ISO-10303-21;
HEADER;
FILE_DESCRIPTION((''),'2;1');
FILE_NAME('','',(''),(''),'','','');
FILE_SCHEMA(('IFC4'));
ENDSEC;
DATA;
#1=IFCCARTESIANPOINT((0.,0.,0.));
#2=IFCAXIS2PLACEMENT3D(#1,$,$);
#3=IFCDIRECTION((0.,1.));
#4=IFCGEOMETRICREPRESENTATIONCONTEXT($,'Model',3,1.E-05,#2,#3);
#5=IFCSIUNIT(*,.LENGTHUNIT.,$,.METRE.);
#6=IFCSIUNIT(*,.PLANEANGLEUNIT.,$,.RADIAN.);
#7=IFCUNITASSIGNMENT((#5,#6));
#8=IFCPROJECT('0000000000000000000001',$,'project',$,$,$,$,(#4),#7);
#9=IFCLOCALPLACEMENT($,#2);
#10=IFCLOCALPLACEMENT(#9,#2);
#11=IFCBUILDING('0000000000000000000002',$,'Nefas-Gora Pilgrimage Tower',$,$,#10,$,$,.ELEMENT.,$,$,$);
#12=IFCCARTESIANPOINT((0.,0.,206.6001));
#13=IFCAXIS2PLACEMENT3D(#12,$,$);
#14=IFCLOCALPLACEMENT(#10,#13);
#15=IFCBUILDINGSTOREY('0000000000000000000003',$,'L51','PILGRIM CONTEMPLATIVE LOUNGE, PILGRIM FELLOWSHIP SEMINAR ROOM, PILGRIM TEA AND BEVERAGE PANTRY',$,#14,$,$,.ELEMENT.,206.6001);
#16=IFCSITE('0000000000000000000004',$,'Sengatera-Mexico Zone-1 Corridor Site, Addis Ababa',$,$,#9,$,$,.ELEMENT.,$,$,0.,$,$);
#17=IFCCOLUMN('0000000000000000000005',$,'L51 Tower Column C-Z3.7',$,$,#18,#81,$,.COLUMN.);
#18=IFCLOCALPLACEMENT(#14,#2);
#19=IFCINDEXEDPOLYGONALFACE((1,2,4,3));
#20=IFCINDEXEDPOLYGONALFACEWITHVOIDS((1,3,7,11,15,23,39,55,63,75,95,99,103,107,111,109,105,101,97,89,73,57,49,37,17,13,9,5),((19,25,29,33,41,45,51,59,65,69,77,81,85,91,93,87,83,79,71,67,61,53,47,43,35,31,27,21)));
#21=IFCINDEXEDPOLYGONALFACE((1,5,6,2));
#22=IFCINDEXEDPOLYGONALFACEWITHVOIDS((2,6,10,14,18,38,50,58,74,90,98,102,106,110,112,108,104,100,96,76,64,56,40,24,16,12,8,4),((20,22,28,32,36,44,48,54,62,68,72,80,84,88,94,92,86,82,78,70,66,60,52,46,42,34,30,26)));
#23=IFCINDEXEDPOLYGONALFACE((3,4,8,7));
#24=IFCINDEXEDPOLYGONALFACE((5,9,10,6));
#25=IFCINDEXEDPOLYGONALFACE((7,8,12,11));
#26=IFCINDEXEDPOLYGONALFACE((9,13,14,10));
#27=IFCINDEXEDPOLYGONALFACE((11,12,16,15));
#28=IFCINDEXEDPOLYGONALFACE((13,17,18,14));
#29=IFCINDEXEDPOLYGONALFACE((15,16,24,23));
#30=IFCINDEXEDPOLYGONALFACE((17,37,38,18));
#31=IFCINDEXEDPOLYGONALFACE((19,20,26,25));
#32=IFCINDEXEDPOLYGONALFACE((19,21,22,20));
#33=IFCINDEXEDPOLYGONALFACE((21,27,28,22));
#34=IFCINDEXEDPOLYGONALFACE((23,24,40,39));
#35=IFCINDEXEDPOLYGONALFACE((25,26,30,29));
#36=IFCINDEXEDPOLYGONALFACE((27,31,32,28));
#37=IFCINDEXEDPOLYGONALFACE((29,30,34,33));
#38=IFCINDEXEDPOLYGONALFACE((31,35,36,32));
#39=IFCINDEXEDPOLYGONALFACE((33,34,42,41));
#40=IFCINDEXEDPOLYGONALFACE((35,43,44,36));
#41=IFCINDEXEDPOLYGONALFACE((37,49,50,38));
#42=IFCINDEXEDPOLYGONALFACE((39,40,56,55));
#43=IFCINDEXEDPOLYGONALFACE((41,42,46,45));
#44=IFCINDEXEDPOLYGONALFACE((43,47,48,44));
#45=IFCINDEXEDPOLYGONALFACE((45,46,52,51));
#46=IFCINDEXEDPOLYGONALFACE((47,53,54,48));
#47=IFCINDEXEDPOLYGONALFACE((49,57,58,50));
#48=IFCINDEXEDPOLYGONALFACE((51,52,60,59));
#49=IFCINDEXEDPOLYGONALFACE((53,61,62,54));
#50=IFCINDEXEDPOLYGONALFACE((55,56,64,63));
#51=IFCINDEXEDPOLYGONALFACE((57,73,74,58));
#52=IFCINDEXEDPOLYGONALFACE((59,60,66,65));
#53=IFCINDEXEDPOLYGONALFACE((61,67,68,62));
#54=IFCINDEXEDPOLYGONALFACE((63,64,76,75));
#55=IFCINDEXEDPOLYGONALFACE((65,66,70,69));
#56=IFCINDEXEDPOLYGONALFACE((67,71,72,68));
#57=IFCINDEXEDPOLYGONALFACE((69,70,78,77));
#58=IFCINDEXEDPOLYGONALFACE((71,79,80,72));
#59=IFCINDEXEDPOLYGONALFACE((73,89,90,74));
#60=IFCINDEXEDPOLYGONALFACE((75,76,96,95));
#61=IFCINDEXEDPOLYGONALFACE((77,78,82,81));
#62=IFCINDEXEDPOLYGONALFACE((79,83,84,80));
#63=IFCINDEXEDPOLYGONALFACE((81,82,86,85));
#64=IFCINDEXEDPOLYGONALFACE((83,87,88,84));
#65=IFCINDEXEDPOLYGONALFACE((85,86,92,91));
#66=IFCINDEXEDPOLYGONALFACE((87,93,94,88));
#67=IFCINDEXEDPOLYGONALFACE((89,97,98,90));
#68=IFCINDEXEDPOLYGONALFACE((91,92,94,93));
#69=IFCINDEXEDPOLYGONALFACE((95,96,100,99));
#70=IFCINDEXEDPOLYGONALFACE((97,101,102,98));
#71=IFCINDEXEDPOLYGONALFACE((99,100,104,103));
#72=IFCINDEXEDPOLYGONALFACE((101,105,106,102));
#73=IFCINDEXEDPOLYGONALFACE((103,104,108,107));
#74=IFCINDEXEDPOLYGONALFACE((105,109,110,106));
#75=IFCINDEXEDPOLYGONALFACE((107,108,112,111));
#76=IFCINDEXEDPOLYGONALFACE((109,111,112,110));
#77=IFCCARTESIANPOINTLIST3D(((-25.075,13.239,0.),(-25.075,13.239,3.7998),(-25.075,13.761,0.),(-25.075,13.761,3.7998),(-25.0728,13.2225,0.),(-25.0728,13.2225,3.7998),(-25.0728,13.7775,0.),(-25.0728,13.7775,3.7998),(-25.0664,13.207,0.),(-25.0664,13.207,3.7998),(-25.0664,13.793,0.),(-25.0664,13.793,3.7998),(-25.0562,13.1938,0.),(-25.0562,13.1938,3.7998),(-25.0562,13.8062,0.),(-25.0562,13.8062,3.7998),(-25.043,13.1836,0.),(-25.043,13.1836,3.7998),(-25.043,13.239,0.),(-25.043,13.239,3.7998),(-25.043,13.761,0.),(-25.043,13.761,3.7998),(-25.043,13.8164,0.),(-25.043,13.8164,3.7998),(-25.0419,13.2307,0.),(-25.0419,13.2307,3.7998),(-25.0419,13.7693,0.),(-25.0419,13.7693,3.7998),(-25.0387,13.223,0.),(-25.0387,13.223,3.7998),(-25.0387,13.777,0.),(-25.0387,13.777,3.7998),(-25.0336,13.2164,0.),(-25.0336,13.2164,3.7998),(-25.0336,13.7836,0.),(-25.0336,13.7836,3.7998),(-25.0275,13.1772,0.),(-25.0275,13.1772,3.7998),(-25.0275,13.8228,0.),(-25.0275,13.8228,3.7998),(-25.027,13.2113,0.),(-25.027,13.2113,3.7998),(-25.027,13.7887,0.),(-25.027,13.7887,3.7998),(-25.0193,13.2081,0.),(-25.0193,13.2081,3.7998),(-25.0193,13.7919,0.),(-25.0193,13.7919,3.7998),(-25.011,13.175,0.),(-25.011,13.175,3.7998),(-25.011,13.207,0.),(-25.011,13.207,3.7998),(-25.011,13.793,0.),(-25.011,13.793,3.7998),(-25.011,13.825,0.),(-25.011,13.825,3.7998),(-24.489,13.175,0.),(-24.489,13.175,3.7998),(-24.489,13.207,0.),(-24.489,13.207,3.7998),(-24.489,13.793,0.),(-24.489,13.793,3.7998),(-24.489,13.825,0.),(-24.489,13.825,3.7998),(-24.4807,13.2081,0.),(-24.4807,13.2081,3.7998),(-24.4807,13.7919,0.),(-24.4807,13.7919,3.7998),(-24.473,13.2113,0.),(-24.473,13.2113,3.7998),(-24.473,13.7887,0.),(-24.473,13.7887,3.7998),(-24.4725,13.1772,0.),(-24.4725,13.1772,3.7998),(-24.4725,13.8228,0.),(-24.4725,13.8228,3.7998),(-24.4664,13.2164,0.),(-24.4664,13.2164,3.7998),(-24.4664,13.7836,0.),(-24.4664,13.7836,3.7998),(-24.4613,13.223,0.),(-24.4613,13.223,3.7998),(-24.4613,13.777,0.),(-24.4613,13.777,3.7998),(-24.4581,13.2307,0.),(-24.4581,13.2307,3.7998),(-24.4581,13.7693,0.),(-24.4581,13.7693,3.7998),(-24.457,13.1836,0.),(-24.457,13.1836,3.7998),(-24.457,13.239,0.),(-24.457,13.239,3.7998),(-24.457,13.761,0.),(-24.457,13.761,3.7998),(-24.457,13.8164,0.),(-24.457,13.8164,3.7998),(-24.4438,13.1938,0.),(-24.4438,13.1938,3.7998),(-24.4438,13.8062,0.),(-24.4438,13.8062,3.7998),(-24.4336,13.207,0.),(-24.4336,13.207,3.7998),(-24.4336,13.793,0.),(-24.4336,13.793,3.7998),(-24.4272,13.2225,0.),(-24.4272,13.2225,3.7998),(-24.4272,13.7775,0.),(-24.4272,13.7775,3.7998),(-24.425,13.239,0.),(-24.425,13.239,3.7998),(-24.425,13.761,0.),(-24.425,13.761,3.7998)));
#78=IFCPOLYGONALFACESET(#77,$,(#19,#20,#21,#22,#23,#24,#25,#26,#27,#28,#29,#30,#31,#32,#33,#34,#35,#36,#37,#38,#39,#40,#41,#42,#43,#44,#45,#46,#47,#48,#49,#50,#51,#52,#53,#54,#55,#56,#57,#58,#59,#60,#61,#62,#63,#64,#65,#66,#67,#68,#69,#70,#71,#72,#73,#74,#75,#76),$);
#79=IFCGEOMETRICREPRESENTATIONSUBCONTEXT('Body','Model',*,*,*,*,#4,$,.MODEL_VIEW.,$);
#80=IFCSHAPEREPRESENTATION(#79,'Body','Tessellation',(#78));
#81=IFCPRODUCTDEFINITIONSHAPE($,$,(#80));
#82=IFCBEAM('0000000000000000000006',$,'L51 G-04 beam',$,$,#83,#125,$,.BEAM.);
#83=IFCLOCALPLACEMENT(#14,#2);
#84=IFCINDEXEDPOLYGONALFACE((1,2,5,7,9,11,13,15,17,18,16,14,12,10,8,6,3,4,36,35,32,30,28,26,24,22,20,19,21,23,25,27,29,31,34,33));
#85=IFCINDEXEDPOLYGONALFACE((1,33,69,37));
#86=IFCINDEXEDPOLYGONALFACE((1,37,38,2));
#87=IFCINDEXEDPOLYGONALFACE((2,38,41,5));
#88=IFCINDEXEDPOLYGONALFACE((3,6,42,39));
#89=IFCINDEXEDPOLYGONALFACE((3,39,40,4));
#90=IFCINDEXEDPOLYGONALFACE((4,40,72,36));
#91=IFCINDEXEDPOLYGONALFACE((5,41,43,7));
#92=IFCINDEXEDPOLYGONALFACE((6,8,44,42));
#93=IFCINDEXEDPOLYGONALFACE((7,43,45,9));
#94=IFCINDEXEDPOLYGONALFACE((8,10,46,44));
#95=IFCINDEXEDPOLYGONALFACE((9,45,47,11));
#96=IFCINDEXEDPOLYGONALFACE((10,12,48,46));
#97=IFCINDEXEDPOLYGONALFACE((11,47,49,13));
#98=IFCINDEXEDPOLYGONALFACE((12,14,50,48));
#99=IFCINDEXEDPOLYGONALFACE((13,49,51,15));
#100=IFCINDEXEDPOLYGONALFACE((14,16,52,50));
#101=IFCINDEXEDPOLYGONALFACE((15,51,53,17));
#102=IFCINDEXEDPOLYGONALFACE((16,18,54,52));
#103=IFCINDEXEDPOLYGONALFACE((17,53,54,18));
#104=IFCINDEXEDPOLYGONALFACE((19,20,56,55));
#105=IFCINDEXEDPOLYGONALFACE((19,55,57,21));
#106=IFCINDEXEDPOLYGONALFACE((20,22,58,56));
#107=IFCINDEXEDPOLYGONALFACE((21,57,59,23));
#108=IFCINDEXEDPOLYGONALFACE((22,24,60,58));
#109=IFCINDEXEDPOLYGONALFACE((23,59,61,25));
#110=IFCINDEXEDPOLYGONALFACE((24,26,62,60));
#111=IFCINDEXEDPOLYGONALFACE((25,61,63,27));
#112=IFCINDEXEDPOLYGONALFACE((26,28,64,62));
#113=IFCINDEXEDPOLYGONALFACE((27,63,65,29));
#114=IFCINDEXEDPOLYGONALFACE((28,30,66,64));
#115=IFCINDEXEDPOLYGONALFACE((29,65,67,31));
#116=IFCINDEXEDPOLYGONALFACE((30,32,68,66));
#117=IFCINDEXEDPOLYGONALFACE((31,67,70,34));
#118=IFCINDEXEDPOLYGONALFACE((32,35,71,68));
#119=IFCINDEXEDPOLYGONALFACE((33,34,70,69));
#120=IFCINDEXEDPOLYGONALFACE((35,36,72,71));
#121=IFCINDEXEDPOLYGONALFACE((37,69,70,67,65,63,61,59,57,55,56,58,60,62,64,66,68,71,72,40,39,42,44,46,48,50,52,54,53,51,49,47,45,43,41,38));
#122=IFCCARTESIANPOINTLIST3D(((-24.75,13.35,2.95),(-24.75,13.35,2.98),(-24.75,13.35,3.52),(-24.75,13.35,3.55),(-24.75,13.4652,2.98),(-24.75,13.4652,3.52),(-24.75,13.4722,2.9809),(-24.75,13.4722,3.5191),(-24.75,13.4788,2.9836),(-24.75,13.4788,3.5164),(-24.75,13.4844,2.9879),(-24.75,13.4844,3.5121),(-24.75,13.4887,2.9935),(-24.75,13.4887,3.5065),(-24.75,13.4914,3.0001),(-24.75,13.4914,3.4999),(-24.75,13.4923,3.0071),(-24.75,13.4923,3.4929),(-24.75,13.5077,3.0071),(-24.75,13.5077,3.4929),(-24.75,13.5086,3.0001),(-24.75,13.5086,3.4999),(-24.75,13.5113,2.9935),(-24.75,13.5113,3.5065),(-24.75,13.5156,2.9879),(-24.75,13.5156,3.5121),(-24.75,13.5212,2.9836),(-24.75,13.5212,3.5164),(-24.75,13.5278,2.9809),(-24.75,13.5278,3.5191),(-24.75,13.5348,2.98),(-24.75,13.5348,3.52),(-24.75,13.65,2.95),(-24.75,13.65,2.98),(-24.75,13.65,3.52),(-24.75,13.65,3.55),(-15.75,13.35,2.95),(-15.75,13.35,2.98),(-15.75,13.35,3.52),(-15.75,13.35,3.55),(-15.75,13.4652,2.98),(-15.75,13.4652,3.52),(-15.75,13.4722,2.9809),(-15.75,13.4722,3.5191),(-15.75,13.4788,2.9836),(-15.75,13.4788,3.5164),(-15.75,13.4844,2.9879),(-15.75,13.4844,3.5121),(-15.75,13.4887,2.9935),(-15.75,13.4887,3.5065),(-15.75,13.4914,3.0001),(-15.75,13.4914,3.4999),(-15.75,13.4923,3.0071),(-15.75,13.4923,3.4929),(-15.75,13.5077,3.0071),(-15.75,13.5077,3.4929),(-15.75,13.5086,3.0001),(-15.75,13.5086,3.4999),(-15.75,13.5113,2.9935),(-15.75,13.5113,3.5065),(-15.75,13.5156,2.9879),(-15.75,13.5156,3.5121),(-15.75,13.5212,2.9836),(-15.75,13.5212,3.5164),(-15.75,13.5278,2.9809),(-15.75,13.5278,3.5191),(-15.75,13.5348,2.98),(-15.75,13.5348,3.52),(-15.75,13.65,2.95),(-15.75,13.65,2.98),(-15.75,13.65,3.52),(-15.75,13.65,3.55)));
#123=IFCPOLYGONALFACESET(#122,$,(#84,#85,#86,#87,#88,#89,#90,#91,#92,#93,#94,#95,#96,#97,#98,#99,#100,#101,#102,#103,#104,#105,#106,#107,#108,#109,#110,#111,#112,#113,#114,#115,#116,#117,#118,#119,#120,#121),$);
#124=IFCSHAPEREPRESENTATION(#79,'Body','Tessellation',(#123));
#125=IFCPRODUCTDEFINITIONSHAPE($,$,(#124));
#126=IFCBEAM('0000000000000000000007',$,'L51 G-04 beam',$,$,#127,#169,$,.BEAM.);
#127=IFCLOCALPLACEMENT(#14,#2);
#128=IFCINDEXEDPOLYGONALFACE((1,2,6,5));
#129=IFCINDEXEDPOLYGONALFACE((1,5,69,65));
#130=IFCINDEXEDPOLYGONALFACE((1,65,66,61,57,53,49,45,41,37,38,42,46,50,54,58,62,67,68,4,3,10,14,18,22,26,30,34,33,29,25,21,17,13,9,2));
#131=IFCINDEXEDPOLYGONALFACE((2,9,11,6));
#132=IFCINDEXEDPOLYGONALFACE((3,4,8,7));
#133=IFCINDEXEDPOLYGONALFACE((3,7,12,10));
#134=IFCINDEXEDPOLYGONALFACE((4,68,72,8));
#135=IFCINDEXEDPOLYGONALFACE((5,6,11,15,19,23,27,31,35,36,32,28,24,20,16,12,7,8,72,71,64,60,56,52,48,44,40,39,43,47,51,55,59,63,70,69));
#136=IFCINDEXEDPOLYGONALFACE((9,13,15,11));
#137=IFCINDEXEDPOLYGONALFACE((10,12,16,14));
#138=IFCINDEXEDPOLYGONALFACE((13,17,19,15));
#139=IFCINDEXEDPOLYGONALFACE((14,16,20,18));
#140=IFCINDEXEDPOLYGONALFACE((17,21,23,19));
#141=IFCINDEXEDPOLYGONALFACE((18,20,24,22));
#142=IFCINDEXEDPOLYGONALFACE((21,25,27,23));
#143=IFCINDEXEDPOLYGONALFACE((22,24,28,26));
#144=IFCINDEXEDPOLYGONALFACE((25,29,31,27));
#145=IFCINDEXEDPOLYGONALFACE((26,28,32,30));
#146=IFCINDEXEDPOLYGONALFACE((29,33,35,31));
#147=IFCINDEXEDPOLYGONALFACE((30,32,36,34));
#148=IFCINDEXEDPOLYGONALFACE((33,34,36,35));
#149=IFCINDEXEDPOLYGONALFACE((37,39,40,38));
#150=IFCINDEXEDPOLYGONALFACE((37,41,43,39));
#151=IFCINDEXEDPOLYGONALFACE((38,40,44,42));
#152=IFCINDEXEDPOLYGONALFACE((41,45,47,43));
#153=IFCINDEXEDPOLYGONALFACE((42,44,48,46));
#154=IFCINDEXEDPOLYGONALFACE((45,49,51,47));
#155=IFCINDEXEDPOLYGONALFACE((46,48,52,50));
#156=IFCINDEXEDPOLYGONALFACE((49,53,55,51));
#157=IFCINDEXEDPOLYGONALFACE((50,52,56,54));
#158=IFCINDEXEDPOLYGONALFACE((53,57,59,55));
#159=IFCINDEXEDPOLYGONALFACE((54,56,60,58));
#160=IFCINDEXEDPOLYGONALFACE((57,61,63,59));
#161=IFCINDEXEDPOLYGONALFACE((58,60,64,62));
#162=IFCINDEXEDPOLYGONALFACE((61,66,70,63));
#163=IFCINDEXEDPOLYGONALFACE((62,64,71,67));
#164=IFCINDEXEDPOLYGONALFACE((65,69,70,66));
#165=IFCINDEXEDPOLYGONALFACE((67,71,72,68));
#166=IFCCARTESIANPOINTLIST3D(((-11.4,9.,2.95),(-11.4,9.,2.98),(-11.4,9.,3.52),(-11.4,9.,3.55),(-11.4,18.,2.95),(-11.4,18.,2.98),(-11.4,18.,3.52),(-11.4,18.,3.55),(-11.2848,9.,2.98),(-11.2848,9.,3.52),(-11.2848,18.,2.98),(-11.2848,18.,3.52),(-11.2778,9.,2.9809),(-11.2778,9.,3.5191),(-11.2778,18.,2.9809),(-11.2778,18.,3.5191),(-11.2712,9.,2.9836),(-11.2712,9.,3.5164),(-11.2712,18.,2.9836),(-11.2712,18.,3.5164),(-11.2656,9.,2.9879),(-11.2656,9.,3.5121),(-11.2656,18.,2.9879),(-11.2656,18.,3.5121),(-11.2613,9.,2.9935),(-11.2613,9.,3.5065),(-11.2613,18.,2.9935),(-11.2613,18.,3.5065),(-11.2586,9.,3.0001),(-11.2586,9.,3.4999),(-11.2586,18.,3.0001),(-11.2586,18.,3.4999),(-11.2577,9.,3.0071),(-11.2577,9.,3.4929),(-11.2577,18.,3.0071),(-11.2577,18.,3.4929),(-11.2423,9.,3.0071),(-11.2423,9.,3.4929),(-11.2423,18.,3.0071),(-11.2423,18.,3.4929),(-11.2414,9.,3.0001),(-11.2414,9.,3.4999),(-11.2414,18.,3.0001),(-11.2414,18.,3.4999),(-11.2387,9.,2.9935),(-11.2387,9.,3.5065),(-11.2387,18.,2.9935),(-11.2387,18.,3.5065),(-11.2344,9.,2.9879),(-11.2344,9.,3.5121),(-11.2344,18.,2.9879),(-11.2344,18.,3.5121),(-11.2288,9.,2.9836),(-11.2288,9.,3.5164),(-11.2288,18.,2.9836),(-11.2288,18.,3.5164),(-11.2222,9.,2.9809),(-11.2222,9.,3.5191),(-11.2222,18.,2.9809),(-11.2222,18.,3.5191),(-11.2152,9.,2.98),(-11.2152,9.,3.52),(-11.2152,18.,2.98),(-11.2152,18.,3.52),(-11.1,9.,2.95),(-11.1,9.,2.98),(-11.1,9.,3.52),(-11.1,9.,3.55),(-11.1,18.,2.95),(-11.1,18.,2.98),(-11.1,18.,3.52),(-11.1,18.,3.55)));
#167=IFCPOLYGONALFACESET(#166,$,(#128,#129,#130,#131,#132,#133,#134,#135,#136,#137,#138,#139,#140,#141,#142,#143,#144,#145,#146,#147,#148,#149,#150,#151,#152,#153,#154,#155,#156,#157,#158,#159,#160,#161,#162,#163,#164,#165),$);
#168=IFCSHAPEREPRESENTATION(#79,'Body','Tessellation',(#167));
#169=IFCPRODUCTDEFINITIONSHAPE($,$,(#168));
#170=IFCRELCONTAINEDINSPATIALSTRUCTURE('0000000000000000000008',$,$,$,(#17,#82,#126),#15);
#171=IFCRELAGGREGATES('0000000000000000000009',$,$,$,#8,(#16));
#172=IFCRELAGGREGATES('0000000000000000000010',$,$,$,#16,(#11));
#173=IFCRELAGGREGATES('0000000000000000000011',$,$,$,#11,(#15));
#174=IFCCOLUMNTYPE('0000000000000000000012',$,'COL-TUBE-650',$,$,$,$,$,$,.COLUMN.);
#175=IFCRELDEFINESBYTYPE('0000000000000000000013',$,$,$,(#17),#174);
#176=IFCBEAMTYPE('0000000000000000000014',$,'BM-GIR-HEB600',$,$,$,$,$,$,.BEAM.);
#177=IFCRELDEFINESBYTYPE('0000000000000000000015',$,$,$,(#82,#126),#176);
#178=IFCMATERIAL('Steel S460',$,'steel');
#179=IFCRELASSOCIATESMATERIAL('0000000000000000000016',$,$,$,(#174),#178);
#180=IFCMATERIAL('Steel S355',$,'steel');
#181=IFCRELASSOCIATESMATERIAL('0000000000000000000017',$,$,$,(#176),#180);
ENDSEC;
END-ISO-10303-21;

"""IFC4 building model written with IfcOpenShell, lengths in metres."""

from ifc_helpers import new_model, si_unit, direction, frame, origin, origin_2d, place, context, subcontext, project, spatial, hollow_rectangle, i_section, extrude, source, transform, mapped, material, material_profile, profile_set, type_object, element, save


model = new_model("IFC4")

# Units and contexts
model_context = context("Model", 3, precision=1e-05, world=origin(), true_north=direction((0.0, 1.0)))
body_context = subcontext(model_context, "Body", "Model", "MODEL_VIEW")
ifc_project = project(units=[si_unit("LENGTHUNIT", "METRE"), si_unit("PLANEANGLEUNIT", "RADIAN")], contexts=[model_context])

# Site, building, storey
site_placement = place(None, origin())
site = spatial("IfcSite", under=ifc_project, at=site_placement, Name="Sengatera-Mexico Zone-1 Corridor Site, Addis Ababa", CompositionType="ELEMENT", RefElevation=0.0)
building_placement = place(site_placement, origin())
building = spatial("IfcBuilding", under=site, at=building_placement, Name="Nefas-Gora Pilgrimage Tower", CompositionType="ELEMENT")
storey_placement = place(building_placement, frame((0.0, 0.0, 206.6001)))
storey = spatial("IfcBuildingStorey", under=building, at=storey_placement, Name="L51", Description="PILGRIM CONTEMPLATIVE LOUNGE, PILGRIM FELLOWSHIP SEMINAR ROOM, PILGRIM TEA AND BEVERAGE PANTRY", CompositionType="ELEMENT", Elevation=206.6001)

# Column
ifc_material_1 = material(Name="Steel S460", Category="steel")
ifc_material_profile_1 = material_profile(ifc_material_1, hollow_rectangle(XDim=0.6499, YDim=0.6499, WallThickness=0.032, InnerFilletRadius=0.032, OuterFilletRadius=0.064, at=origin_2d()), Name="BOX 650x650x32")
ifc_profile_set_1 = profile_set([ifc_material_profile_1], Name="Steel S460")
column_type_1 = type_object("IfcColumnType", Name="COL-TUBE-650", PredefinedType="COLUMN", material=ifc_profile_set_1)
shared_shape_1 = source(origin(), body_context, "Body", "SweptSolid", [
    extrude(hollow_rectangle(XDim=0.6499, YDim=0.6499, WallThickness=0.032, InnerFilletRadius=0.032, OuterFilletRadius=0.064, at=origin_2d()), origin(), (0.0, 0.0, 1.0), 3.7998),
])
column_1_placement = place(storey_placement, frame((-24.75, 13.5, 0.0), z_axis=(0.0, 0.0, 1.0), x_axis=(1.0, 0.0, 0.0)))
element("IfcColumn", 1, at=column_1_placement, inside=storey, type_object=column_type_1, Name="L51 Tower Column C-Z3.7", PredefinedType="COLUMN", context=body_context, shape_type="MappedRepresentation", body=[
    mapped(shared_shape_1, transform((0.0, 0.0, 0.0), x_axis=(1.0, 0.0, 0.0), y_axis=(0.0, 1.0, 0.0), z_axis=(0.0, 0.0, 1.0), scale=1.0)),
])

# Beams
ifc_material_2 = material(Name="Steel S355", Category="steel")
ifc_material_profile_2 = material_profile(ifc_material_2, i_section(OverallWidth=0.3, OverallDepth=0.6001, WebThickness=0.0154, FlangeThickness=0.03, FilletRadius=0.0271, at=origin_2d()), Name="HEB 600")
ifc_profile_set_2 = profile_set([ifc_material_profile_2], Name="Steel S355")
beam_type = type_object("IfcBeamType", Name="BM-GIR-HEB600", PredefinedType="BEAM", material=ifc_profile_set_2)
shared_shape_2 = source(origin(), body_context, "Body", "SweptSolid", [
    extrude(i_section(OverallWidth=0.3, OverallDepth=0.6001, WebThickness=0.0154, FlangeThickness=0.03, FilletRadius=0.0271, at=origin_2d()), origin(), (0.0, 0.0, 1.0), 9.0),
])
for number, where, z_axis, x_axis, name in (
    (2, (-24.75, 13.5, 3.25), (1.0, 0.0, 0.0), (0.0, 1.0, 0.0), "L51 G-04 beam"),
    (3, (-11.25, 9.0, 3.25), (0.0, 1.0, 0.0), (-1.0, 0.0, 0.0), "L51 G-04 beam"),
):
    element("IfcBeam", number, at=place(storey_placement, frame(where, z_axis=z_axis, x_axis=x_axis)), inside=storey, type_object=beam_type, Name=name, PredefinedType="BEAM", context=body_context, shape_type="MappedRepresentation", body=[
        mapped(shared_shape_2, transform((0.0, 0.0, 0.0), x_axis=(1.0, 0.0, 0.0), y_axis=(0.0, 1.0, 0.0), z_axis=(0.0, 0.0, 1.0), scale=1.0)),
    ])

save(model, "model.ifc")
